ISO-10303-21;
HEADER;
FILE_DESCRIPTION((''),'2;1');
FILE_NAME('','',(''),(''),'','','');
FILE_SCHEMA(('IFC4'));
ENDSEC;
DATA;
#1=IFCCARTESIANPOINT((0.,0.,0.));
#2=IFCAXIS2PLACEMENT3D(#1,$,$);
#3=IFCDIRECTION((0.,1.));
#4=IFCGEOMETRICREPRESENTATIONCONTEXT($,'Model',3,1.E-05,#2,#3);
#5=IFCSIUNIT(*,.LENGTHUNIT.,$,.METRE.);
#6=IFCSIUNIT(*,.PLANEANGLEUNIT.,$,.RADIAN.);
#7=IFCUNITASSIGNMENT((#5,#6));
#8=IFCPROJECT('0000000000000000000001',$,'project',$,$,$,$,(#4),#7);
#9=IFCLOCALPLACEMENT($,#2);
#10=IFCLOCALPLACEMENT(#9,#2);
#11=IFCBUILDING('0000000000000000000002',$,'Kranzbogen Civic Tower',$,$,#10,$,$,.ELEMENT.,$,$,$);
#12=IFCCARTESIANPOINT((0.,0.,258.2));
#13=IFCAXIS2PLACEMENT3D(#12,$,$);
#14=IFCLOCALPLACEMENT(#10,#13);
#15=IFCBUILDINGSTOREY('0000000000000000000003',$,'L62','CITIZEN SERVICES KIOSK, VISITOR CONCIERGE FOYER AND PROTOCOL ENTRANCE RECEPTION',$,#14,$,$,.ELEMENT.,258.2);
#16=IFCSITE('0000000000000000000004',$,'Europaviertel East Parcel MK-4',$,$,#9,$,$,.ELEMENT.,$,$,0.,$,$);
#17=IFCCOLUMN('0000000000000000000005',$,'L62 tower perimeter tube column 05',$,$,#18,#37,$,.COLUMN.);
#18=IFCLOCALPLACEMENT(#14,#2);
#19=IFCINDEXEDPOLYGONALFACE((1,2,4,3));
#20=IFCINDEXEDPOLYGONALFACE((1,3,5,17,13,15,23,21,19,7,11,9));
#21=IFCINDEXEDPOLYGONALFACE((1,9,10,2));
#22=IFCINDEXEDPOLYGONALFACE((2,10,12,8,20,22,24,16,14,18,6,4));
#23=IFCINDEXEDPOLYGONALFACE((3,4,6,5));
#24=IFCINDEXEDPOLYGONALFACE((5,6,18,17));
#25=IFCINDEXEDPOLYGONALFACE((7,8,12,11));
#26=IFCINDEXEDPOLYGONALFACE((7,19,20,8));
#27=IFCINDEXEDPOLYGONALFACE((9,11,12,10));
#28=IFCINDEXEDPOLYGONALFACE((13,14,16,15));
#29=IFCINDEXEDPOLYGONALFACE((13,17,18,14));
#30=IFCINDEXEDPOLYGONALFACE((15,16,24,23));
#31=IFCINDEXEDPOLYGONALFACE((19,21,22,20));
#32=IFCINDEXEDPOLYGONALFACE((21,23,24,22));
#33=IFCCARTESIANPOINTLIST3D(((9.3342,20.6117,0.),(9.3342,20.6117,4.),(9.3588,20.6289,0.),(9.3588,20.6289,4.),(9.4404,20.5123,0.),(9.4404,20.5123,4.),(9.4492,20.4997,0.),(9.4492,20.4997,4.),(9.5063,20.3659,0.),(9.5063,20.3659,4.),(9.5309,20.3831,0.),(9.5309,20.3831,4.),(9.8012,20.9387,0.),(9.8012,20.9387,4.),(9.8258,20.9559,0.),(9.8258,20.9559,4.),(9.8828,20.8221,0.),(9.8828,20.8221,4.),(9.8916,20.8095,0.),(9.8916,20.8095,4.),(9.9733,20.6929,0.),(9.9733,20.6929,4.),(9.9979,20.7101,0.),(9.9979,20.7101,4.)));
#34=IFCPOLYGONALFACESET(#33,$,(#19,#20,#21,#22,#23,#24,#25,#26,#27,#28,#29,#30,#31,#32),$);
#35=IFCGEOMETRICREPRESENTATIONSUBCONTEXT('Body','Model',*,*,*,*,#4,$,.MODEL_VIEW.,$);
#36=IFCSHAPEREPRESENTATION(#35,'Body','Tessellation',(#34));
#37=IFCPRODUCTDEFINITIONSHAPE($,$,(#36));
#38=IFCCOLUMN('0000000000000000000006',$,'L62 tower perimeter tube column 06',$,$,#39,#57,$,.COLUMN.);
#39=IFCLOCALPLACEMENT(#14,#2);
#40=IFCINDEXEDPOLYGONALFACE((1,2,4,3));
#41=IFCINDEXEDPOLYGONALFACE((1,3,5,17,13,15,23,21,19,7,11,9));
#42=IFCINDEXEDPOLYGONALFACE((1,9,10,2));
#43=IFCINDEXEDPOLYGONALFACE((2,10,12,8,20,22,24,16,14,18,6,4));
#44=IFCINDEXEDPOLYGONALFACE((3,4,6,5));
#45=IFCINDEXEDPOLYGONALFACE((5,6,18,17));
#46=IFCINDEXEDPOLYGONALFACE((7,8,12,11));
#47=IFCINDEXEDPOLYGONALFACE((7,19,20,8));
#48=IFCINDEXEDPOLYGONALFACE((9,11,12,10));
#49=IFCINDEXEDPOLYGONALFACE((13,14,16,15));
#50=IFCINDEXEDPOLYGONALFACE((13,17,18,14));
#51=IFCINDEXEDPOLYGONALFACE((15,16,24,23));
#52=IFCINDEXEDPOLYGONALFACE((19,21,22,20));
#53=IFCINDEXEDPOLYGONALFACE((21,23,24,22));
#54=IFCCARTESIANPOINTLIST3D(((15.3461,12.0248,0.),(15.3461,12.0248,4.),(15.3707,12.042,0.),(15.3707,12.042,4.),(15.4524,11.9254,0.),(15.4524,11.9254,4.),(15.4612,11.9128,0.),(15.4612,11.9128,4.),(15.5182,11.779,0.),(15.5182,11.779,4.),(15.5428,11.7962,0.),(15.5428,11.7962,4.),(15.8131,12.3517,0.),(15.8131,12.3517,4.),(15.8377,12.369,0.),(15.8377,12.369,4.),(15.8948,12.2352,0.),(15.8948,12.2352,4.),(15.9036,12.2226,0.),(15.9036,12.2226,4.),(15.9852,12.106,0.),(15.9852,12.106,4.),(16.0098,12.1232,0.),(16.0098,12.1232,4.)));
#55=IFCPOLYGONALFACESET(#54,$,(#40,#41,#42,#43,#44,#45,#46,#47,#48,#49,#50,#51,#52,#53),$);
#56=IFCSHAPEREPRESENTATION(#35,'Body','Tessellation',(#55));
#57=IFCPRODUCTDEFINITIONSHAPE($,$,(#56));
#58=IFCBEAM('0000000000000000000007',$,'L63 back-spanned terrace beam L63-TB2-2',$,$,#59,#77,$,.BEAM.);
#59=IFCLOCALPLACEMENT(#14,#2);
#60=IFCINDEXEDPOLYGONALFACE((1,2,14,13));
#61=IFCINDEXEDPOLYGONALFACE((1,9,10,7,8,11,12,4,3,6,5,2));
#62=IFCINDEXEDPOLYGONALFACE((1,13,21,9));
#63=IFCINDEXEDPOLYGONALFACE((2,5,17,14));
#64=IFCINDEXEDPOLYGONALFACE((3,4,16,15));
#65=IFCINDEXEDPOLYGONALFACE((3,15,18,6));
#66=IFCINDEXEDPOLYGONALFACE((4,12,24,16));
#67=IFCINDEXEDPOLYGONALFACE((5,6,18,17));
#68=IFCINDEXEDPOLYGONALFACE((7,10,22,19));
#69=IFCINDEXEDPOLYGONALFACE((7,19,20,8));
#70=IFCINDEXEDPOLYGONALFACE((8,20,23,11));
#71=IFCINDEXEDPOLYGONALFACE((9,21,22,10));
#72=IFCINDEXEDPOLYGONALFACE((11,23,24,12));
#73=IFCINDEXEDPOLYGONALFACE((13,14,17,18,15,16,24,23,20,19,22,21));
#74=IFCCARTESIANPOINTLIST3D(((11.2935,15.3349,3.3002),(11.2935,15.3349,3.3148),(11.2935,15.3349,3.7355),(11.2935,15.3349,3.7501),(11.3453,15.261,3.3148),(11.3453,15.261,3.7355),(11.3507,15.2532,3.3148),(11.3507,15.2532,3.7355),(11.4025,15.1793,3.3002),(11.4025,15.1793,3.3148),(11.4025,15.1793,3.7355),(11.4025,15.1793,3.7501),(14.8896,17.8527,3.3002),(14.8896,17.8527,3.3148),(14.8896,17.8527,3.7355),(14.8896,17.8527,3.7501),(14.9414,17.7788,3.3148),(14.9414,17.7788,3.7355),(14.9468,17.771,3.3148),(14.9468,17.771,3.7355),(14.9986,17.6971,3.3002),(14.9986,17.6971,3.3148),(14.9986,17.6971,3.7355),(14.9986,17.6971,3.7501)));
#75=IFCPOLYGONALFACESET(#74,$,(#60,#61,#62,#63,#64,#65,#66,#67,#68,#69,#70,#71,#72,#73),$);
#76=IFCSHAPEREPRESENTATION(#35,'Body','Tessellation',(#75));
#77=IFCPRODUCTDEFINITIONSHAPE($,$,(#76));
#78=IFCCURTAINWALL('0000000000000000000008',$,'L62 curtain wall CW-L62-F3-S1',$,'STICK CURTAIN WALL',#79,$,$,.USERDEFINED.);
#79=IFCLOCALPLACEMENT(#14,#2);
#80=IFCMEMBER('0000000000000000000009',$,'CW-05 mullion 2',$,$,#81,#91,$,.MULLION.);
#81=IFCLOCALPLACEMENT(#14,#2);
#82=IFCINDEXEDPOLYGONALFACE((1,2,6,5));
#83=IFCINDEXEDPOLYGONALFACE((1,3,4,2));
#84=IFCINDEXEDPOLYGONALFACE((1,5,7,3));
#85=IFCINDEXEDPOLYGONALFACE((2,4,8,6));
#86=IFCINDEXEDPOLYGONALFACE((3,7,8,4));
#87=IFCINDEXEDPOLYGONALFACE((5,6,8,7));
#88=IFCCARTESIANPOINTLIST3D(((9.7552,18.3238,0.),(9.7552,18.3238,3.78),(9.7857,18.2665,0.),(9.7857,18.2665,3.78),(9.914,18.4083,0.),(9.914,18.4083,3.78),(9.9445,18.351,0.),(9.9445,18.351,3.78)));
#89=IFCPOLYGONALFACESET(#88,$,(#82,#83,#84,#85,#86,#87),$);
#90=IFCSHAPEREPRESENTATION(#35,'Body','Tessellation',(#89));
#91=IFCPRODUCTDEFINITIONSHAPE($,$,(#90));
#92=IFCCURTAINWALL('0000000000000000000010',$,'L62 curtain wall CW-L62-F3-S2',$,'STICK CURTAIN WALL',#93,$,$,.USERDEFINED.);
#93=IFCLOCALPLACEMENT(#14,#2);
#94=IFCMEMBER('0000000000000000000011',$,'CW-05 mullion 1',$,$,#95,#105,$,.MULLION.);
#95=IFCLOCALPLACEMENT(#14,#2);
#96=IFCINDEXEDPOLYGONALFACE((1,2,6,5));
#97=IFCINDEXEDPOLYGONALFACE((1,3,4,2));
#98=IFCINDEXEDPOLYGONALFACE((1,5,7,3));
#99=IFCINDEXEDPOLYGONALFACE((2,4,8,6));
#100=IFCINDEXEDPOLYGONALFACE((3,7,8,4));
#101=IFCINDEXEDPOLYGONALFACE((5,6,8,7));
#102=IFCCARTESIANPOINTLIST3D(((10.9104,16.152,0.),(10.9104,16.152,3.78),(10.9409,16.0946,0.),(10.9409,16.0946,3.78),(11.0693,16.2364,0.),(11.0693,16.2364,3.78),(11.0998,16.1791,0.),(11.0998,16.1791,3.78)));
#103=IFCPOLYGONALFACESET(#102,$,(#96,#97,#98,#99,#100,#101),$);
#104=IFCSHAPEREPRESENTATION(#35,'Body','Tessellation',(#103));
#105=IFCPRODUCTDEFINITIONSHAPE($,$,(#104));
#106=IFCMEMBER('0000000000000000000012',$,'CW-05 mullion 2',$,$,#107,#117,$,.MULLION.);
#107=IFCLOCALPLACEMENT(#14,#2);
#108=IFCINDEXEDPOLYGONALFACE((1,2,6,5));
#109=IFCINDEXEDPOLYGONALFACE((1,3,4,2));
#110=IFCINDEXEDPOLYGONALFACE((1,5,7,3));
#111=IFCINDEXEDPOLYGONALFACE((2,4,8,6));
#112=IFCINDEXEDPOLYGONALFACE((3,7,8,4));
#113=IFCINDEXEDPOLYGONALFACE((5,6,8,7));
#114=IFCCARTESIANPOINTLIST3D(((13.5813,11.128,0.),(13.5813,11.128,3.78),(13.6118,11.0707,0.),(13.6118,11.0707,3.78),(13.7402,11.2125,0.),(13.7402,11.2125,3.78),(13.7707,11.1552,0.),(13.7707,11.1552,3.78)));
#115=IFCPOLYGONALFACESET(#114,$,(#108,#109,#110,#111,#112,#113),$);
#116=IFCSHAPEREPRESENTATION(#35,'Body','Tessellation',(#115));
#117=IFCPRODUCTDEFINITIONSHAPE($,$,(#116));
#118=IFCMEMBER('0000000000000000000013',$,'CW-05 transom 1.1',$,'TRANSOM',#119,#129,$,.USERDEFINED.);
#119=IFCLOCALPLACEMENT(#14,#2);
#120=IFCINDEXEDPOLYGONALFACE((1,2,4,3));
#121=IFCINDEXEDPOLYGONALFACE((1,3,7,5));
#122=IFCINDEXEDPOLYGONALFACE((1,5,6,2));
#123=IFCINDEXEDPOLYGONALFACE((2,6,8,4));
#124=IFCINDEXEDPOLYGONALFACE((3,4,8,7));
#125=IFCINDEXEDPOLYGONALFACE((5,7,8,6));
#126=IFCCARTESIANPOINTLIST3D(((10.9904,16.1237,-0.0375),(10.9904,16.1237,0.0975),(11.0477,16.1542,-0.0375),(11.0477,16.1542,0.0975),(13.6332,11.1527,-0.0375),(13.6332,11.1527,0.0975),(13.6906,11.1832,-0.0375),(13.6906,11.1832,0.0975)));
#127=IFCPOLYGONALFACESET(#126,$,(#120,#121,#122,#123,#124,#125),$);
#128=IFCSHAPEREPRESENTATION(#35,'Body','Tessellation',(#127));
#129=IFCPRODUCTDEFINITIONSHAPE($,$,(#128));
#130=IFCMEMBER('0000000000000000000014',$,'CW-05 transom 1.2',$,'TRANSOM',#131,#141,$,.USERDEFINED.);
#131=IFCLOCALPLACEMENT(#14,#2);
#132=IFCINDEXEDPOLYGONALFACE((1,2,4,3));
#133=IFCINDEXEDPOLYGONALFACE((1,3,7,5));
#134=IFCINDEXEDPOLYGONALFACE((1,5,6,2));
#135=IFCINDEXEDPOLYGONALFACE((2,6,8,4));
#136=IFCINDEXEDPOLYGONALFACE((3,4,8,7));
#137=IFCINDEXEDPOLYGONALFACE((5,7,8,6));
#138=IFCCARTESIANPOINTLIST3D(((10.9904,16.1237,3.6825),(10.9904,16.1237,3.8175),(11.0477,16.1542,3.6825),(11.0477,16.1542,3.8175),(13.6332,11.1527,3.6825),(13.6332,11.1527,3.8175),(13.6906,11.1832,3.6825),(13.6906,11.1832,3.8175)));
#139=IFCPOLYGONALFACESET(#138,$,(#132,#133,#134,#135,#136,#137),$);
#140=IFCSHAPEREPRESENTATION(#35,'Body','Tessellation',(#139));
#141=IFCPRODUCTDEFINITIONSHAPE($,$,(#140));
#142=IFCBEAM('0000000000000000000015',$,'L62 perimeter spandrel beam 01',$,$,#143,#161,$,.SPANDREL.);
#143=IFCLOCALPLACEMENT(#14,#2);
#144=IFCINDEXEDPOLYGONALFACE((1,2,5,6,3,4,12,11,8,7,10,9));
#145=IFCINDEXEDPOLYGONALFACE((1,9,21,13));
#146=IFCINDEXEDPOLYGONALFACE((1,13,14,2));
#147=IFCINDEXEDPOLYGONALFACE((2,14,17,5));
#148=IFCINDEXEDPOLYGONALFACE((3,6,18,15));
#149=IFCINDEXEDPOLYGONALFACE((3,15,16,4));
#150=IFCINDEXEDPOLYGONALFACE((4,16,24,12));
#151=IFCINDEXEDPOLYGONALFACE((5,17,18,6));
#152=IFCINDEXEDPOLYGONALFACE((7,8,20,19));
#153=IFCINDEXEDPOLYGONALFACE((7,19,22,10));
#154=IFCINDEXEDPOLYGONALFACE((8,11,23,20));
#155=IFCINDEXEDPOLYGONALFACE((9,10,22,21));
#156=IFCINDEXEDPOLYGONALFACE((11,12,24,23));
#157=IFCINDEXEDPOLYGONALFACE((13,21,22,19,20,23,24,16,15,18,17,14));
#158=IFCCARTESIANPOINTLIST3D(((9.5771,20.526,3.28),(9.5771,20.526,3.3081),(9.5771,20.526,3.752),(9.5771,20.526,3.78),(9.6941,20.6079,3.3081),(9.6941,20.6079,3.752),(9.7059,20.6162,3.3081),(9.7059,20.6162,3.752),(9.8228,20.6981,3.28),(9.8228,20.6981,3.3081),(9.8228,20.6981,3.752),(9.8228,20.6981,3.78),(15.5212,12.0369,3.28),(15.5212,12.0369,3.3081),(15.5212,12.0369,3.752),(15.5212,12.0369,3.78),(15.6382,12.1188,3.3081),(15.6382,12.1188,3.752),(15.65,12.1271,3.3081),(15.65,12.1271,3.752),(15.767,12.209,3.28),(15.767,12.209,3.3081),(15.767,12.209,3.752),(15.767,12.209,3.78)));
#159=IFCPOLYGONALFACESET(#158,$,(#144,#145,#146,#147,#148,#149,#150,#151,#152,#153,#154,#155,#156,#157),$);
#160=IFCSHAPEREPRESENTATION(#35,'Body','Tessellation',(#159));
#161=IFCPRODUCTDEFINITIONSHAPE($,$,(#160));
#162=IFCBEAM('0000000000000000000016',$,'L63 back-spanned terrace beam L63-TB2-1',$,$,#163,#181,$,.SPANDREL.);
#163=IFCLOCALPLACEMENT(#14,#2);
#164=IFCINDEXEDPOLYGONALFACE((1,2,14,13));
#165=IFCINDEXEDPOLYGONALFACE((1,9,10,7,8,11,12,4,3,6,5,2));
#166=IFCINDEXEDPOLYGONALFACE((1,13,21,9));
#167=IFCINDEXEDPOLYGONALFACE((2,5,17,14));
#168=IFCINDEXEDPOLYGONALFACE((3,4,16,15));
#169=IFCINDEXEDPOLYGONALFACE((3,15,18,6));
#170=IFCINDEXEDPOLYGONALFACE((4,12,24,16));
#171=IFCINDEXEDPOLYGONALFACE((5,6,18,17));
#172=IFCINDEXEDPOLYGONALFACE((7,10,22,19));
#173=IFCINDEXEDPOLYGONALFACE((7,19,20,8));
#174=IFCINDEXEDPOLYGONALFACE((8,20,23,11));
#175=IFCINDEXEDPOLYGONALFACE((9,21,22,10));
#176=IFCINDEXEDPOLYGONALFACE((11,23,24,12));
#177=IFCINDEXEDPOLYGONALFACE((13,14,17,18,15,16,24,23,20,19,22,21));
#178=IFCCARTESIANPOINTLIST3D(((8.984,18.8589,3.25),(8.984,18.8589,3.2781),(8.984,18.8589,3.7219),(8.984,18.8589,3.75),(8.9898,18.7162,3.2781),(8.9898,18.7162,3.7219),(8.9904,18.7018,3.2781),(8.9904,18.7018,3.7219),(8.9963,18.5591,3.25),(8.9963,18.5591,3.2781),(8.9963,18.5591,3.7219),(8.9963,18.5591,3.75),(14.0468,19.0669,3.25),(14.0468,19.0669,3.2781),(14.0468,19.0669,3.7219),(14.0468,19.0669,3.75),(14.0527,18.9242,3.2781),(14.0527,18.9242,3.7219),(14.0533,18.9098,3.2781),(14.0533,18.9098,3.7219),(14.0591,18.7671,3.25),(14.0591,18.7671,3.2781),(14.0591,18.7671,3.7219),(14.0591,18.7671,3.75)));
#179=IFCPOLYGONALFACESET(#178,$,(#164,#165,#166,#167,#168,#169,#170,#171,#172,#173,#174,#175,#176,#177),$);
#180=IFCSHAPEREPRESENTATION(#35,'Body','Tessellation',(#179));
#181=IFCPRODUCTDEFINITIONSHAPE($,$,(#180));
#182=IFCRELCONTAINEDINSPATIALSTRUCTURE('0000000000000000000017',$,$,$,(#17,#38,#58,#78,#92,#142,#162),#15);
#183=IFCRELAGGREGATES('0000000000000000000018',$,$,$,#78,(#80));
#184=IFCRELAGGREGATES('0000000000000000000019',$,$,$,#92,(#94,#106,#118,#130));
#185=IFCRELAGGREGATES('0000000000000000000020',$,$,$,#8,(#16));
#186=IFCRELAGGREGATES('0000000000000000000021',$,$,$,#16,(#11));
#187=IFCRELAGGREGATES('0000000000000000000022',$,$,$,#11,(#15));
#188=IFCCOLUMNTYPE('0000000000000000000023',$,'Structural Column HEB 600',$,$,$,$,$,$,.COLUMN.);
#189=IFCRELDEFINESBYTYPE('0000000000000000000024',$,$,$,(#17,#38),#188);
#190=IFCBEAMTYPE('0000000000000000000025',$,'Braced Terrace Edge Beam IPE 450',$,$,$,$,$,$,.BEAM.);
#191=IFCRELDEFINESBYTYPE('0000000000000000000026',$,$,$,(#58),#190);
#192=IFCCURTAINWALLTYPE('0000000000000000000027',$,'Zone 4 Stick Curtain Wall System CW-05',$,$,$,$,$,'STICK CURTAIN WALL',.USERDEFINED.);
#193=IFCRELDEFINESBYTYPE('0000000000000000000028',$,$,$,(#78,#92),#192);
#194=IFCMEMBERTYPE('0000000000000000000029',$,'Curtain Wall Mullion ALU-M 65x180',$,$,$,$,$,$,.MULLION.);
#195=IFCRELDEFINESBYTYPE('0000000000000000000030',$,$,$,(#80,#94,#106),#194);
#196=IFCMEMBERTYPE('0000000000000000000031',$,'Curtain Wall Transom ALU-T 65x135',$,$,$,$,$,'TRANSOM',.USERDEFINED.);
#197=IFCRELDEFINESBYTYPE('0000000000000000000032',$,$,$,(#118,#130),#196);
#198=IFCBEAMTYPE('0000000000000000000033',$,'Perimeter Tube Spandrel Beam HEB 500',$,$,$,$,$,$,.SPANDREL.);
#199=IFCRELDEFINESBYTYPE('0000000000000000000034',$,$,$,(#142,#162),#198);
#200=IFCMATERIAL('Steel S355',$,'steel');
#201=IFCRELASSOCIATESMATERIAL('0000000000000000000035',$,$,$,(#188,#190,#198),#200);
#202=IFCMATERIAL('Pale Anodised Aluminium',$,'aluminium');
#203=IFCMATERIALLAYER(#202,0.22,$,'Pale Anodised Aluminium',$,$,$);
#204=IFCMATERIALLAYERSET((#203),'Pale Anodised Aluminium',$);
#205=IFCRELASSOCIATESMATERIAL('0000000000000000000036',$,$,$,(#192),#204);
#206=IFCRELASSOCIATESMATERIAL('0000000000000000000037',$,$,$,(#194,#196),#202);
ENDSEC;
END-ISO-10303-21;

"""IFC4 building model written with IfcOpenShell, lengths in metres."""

from ifc_helpers import new_model, si_unit, direction, frame, origin, origin_2d, place, context, subcontext, project, spatial, rectangle, i_section, extrude, material, layer, layer_set, material_profile, profile_set, type_object, element, aggregate, save


model = new_model("IFC4")

# Units and contexts
model_context = context("Model", 3, precision=1e-05, world=origin(), true_north=direction((0.0, 1.0)))
body_context = subcontext(model_context, "Body", "Model", "MODEL_VIEW")
ifc_project = project(units=[si_unit("LENGTHUNIT", "METRE"), si_unit("PLANEANGLEUNIT", "RADIAN")], contexts=[model_context])

# Site, building, storey
site_placement = place(None, origin())
site = spatial("IfcSite", under=ifc_project, at=site_placement, Name="Europaviertel East Parcel MK-4", CompositionType="ELEMENT", RefElevation=0.0)
building_placement = place(site_placement, origin())
building = spatial("IfcBuilding", under=site, at=building_placement, Name="Kranzbogen Civic Tower", CompositionType="ELEMENT")
storey_placement = place(building_placement, frame((0.0, 0.0, 258.2)))
storey = spatial("IfcBuildingStorey", under=building, at=storey_placement, Name="L62", Description="CITIZEN SERVICES KIOSK, VISITOR CONCIERGE FOYER AND PROTOCOL ENTRANCE RECEPTION", CompositionType="ELEMENT", Elevation=258.2)

# Columns
ifc_material_1 = material(Name="Steel S355", Category="steel")
ifc_material_profile_1 = material_profile(ifc_material_1, i_section(OverallWidth=0.3, OverallDepth=0.6001, WebThickness=0.0154, FlangeThickness=0.03, at=origin_2d()), Name="HEB 600")
ifc_profile_set_1 = profile_set([ifc_material_profile_1], Name="Steel S355")
column_type = type_object("IfcColumnType", Name="Structural Column HEB 600", PredefinedType="COLUMN", material=ifc_profile_set_1)
for number, where, z_axis, x_axis, name in (
    (1, (9.666, 20.6609, 0.0), (0.0, 0.0, 1.0), (-0.573576, 0.819152, 0.0), "L62 tower perimeter tube column 05"),
    (2, (15.678, 12.074, 0.0), (0.0, 0.0, 1.0), (-0.573576, 0.819152, 0.0), "L62 tower perimeter tube column 06"),
):
    element("IfcColumn", number, at=place(storey_placement, frame(where, z_axis=z_axis, x_axis=x_axis)), inside=storey, type_object=column_type, Name=name, PredefinedType="COLUMN", context=body_context, shape_type="SweptSolid", body=[
        extrude(i_section(OverallWidth=0.3, OverallDepth=0.6001, WebThickness=0.0154, FlangeThickness=0.03, at=origin_2d()), origin(), (0.0, 0.0, 1.0), 4.0),
    ])

# Beam
ifc_material_profile_2 = material_profile(ifc_material_1, i_section(OverallWidth=0.1899, OverallDepth=0.45, WebThickness=0.0095, FlangeThickness=0.0146, at=origin_2d()), Name="IPE 450")
ifc_profile_set_2 = profile_set([ifc_material_profile_2], Name="Steel S355")
beam_type_1 = type_object("IfcBeamType", Name="Braced Terrace Edge Beam IPE 450", PredefinedType="BEAM", material=ifc_profile_set_2)
beam_1_placement = place(storey_placement, frame((14.9441, 17.7749, 3.5251), z_axis=(-0.81918, -0.573537, 0.0), x_axis=(0.573537, -0.81918, 0.0)))
element("IfcBeam", 3, at=beam_1_placement, inside=storey, type_object=beam_type_1, Name="L63 back-spanned terrace beam L63-TB2-2", PredefinedType="BEAM", context=body_context, shape_type="SweptSolid", body=[
    extrude(i_section(OverallWidth=0.1899, OverallDepth=0.45, WebThickness=0.0095, FlangeThickness=0.0146, at=origin_2d()), origin(), (0.0, 0.0, 1.0), 4.3899),
])

# Curtain wall, member
ifc_material_2 = material(Name="Pale Anodised Aluminium", Category="aluminium")
ifc_layer_1 = layer(ifc_material_2, 0.22, Name="Pale Anodised Aluminium")
ifc_layer_set_1 = layer_set([ifc_layer_1], Name="Pale Anodised Aluminium")
curtain_wall_type = type_object("IfcCurtainWallType", Name="Zone 4 Stick Curtain Wall System CW-05", ElementType="STICK CURTAIN WALL", PredefinedType="USERDEFINED", material=ifc_layer_set_1)
curtain_wall_1_placement = place(storey_placement, origin())
curtain_wall_1 = element("IfcCurtainWall", 4, at=curtain_wall_1_placement, inside=storey, type_object=curtain_wall_type, Name="L62 curtain wall CW-L62-F3-S1", ObjectType="STICK CURTAIN WALL", PredefinedType="USERDEFINED")
ifc_material_profile_3 = material_profile(ifc_material_2, rectangle(XDim=0.0649, YDim=0.1799, at=origin_2d()), Name="ALU-M 65x180")
ifc_profile_set_3 = profile_set([ifc_material_profile_3], Name="Pale Anodised Aluminium")
member_type_1 = type_object("IfcMemberType", Name="Curtain Wall Mullion ALU-M 65x180", PredefinedType="MULLION", material=ifc_profile_set_3)
member_1_placement = place(storey_placement, frame((9.8499, 18.3374, 0.0), z_axis=(0.0, 0.0, 1.0), x_axis=(0.469469, -0.882949, 0.0)))
member_1 = element("IfcMember", 5, at=member_1_placement, type_object=member_type_1, Name="CW-05 mullion 2", PredefinedType="MULLION", context=body_context, shape_type="SweptSolid", body=[
    extrude(rectangle(XDim=0.0649, YDim=0.1799, at=origin_2d()), origin(), (0.0, 0.0, 1.0), 3.78),
])

# Curtain wall, members
curtain_wall_2_placement = place(storey_placement, origin())
curtain_wall_2 = element("IfcCurtainWall", 6, at=curtain_wall_2_placement, inside=storey, type_object=curtain_wall_type, Name="L62 curtain wall CW-L62-F3-S2", ObjectType="STICK CURTAIN WALL", PredefinedType="USERDEFINED")
member_2_placement = place(storey_placement, frame((11.0051, 16.1655, 0.0), z_axis=(0.0, 0.0, 1.0), x_axis=(0.469405, -0.882983, 0.0)))
member_2 = element("IfcMember", 7, at=member_2_placement, type_object=member_type_1, Name="CW-05 mullion 1", PredefinedType="MULLION", context=body_context, shape_type="SweptSolid", body=[
    extrude(rectangle(XDim=0.0649, YDim=0.1799, at=origin_2d()), origin(), (0.0, 0.0, 1.0), 3.78),
])
member_3_placement = place(storey_placement, frame((13.676, 11.1416, 0.0), z_axis=(0.0, 0.0, 1.0), x_axis=(0.469405, -0.882983, 0.0)))
member_3 = element("IfcMember", 8, at=member_3_placement, type_object=member_type_1, Name="CW-05 mullion 2", PredefinedType="MULLION", context=body_context, shape_type="SweptSolid", body=[
    extrude(rectangle(XDim=0.0649, YDim=0.1799, at=origin_2d()), origin(), (0.0, 0.0, 1.0), 3.78),
])
ifc_material_profile_4 = material_profile(ifc_material_2, rectangle(XDim=0.0649, YDim=0.135, at=origin_2d()), Name="ALU-T 65x135")
ifc_profile_set_4 = profile_set([ifc_material_profile_4], Name="Pale Anodised Aluminium")
member_type_2 = type_object("IfcMemberType", Name="Curtain Wall Transom ALU-T 65x135", ElementType="TRANSOM", PredefinedType="USERDEFINED", material=ifc_profile_set_4)
member_4_placement = place(storey_placement, frame((11.019, 16.1389, 0.03), z_axis=(0.469433, -0.882968, 0.0), x_axis=(0.882968, 0.469433, 0.0)))
member_4 = element("IfcMember", 9, at=member_4_placement, type_object=member_type_2, Name="CW-05 transom 1.1", ObjectType="TRANSOM", PredefinedType="USERDEFINED", context=body_context, shape_type="SweptSolid", body=[
    extrude(rectangle(XDim=0.0649, YDim=0.135, at=origin_2d()), origin(), (0.0, 0.0, 1.0), 5.6299),
])
member_5_placement = place(storey_placement, frame((11.019, 16.1389, 3.75), z_axis=(0.469433, -0.882968, 0.0), x_axis=(0.882968, 0.469433, 0.0)))
member_5 = element("IfcMember", 10, at=member_5_placement, type_object=member_type_2, Name="CW-05 transom 1.2", ObjectType="TRANSOM", PredefinedType="USERDEFINED", context=body_context, shape_type="SweptSolid", body=[
    extrude(rectangle(XDim=0.0649, YDim=0.135, at=origin_2d()), origin(), (0.0, 0.0, 1.0), 5.6299),
])

# Beams
ifc_material_profile_5 = material_profile(ifc_material_1, i_section(OverallWidth=0.3, OverallDepth=0.5, WebThickness=0.0144, FlangeThickness=0.0281, at=origin_2d()), Name="HEB 500")
ifc_profile_set_5 = profile_set([ifc_material_profile_5], Name="Steel S355")
beam_type_2 = type_object("IfcBeamType", Name="Perimeter Tube Spandrel Beam HEB 500", PredefinedType="SPANDREL", material=ifc_profile_set_5)
beam_2_placement = place(storey_placement, frame((9.7, 20.6121, 3.53), z_axis=(0.573578, -0.819151, 0.0), x_axis=(0.819151, 0.573578, 0.0)))
element("IfcBeam", 11, at=beam_2_placement, inside=storey, type_object=beam_type_2, Name="L62 perimeter spandrel beam 01", PredefinedType="SPANDREL", context=body_context, shape_type="SweptSolid", body=[
    extrude(i_section(OverallWidth=0.3, OverallDepth=0.5, WebThickness=0.0144, FlangeThickness=0.0281, at=origin_2d()), origin(), (0.0, 0.0, 1.0), 10.3633),
])
beam_3_placement = place(storey_placement, frame((14.053, 18.917, 3.5), z_axis=(-0.999157, -0.041049, 0.0), x_axis=(0.041049, -0.999157, 0.0)))
element("IfcBeam", 12, at=beam_3_placement, inside=storey, type_object=beam_type_2, Name="L63 back-spanned terrace beam L63-TB2-1", PredefinedType="SPANDREL", context=body_context, shape_type="SweptSolid", body=[
    extrude(i_section(OverallWidth=0.3, OverallDepth=0.5, WebThickness=0.0144, FlangeThickness=0.0281, at=origin_2d()), origin(), (0.0, 0.0, 1.0), 5.0671),
])

aggregate(curtain_wall_1, [member_1])
aggregate(curtain_wall_2, [member_2, member_3, member_4, member_5])

save(model, "model.ifc")
